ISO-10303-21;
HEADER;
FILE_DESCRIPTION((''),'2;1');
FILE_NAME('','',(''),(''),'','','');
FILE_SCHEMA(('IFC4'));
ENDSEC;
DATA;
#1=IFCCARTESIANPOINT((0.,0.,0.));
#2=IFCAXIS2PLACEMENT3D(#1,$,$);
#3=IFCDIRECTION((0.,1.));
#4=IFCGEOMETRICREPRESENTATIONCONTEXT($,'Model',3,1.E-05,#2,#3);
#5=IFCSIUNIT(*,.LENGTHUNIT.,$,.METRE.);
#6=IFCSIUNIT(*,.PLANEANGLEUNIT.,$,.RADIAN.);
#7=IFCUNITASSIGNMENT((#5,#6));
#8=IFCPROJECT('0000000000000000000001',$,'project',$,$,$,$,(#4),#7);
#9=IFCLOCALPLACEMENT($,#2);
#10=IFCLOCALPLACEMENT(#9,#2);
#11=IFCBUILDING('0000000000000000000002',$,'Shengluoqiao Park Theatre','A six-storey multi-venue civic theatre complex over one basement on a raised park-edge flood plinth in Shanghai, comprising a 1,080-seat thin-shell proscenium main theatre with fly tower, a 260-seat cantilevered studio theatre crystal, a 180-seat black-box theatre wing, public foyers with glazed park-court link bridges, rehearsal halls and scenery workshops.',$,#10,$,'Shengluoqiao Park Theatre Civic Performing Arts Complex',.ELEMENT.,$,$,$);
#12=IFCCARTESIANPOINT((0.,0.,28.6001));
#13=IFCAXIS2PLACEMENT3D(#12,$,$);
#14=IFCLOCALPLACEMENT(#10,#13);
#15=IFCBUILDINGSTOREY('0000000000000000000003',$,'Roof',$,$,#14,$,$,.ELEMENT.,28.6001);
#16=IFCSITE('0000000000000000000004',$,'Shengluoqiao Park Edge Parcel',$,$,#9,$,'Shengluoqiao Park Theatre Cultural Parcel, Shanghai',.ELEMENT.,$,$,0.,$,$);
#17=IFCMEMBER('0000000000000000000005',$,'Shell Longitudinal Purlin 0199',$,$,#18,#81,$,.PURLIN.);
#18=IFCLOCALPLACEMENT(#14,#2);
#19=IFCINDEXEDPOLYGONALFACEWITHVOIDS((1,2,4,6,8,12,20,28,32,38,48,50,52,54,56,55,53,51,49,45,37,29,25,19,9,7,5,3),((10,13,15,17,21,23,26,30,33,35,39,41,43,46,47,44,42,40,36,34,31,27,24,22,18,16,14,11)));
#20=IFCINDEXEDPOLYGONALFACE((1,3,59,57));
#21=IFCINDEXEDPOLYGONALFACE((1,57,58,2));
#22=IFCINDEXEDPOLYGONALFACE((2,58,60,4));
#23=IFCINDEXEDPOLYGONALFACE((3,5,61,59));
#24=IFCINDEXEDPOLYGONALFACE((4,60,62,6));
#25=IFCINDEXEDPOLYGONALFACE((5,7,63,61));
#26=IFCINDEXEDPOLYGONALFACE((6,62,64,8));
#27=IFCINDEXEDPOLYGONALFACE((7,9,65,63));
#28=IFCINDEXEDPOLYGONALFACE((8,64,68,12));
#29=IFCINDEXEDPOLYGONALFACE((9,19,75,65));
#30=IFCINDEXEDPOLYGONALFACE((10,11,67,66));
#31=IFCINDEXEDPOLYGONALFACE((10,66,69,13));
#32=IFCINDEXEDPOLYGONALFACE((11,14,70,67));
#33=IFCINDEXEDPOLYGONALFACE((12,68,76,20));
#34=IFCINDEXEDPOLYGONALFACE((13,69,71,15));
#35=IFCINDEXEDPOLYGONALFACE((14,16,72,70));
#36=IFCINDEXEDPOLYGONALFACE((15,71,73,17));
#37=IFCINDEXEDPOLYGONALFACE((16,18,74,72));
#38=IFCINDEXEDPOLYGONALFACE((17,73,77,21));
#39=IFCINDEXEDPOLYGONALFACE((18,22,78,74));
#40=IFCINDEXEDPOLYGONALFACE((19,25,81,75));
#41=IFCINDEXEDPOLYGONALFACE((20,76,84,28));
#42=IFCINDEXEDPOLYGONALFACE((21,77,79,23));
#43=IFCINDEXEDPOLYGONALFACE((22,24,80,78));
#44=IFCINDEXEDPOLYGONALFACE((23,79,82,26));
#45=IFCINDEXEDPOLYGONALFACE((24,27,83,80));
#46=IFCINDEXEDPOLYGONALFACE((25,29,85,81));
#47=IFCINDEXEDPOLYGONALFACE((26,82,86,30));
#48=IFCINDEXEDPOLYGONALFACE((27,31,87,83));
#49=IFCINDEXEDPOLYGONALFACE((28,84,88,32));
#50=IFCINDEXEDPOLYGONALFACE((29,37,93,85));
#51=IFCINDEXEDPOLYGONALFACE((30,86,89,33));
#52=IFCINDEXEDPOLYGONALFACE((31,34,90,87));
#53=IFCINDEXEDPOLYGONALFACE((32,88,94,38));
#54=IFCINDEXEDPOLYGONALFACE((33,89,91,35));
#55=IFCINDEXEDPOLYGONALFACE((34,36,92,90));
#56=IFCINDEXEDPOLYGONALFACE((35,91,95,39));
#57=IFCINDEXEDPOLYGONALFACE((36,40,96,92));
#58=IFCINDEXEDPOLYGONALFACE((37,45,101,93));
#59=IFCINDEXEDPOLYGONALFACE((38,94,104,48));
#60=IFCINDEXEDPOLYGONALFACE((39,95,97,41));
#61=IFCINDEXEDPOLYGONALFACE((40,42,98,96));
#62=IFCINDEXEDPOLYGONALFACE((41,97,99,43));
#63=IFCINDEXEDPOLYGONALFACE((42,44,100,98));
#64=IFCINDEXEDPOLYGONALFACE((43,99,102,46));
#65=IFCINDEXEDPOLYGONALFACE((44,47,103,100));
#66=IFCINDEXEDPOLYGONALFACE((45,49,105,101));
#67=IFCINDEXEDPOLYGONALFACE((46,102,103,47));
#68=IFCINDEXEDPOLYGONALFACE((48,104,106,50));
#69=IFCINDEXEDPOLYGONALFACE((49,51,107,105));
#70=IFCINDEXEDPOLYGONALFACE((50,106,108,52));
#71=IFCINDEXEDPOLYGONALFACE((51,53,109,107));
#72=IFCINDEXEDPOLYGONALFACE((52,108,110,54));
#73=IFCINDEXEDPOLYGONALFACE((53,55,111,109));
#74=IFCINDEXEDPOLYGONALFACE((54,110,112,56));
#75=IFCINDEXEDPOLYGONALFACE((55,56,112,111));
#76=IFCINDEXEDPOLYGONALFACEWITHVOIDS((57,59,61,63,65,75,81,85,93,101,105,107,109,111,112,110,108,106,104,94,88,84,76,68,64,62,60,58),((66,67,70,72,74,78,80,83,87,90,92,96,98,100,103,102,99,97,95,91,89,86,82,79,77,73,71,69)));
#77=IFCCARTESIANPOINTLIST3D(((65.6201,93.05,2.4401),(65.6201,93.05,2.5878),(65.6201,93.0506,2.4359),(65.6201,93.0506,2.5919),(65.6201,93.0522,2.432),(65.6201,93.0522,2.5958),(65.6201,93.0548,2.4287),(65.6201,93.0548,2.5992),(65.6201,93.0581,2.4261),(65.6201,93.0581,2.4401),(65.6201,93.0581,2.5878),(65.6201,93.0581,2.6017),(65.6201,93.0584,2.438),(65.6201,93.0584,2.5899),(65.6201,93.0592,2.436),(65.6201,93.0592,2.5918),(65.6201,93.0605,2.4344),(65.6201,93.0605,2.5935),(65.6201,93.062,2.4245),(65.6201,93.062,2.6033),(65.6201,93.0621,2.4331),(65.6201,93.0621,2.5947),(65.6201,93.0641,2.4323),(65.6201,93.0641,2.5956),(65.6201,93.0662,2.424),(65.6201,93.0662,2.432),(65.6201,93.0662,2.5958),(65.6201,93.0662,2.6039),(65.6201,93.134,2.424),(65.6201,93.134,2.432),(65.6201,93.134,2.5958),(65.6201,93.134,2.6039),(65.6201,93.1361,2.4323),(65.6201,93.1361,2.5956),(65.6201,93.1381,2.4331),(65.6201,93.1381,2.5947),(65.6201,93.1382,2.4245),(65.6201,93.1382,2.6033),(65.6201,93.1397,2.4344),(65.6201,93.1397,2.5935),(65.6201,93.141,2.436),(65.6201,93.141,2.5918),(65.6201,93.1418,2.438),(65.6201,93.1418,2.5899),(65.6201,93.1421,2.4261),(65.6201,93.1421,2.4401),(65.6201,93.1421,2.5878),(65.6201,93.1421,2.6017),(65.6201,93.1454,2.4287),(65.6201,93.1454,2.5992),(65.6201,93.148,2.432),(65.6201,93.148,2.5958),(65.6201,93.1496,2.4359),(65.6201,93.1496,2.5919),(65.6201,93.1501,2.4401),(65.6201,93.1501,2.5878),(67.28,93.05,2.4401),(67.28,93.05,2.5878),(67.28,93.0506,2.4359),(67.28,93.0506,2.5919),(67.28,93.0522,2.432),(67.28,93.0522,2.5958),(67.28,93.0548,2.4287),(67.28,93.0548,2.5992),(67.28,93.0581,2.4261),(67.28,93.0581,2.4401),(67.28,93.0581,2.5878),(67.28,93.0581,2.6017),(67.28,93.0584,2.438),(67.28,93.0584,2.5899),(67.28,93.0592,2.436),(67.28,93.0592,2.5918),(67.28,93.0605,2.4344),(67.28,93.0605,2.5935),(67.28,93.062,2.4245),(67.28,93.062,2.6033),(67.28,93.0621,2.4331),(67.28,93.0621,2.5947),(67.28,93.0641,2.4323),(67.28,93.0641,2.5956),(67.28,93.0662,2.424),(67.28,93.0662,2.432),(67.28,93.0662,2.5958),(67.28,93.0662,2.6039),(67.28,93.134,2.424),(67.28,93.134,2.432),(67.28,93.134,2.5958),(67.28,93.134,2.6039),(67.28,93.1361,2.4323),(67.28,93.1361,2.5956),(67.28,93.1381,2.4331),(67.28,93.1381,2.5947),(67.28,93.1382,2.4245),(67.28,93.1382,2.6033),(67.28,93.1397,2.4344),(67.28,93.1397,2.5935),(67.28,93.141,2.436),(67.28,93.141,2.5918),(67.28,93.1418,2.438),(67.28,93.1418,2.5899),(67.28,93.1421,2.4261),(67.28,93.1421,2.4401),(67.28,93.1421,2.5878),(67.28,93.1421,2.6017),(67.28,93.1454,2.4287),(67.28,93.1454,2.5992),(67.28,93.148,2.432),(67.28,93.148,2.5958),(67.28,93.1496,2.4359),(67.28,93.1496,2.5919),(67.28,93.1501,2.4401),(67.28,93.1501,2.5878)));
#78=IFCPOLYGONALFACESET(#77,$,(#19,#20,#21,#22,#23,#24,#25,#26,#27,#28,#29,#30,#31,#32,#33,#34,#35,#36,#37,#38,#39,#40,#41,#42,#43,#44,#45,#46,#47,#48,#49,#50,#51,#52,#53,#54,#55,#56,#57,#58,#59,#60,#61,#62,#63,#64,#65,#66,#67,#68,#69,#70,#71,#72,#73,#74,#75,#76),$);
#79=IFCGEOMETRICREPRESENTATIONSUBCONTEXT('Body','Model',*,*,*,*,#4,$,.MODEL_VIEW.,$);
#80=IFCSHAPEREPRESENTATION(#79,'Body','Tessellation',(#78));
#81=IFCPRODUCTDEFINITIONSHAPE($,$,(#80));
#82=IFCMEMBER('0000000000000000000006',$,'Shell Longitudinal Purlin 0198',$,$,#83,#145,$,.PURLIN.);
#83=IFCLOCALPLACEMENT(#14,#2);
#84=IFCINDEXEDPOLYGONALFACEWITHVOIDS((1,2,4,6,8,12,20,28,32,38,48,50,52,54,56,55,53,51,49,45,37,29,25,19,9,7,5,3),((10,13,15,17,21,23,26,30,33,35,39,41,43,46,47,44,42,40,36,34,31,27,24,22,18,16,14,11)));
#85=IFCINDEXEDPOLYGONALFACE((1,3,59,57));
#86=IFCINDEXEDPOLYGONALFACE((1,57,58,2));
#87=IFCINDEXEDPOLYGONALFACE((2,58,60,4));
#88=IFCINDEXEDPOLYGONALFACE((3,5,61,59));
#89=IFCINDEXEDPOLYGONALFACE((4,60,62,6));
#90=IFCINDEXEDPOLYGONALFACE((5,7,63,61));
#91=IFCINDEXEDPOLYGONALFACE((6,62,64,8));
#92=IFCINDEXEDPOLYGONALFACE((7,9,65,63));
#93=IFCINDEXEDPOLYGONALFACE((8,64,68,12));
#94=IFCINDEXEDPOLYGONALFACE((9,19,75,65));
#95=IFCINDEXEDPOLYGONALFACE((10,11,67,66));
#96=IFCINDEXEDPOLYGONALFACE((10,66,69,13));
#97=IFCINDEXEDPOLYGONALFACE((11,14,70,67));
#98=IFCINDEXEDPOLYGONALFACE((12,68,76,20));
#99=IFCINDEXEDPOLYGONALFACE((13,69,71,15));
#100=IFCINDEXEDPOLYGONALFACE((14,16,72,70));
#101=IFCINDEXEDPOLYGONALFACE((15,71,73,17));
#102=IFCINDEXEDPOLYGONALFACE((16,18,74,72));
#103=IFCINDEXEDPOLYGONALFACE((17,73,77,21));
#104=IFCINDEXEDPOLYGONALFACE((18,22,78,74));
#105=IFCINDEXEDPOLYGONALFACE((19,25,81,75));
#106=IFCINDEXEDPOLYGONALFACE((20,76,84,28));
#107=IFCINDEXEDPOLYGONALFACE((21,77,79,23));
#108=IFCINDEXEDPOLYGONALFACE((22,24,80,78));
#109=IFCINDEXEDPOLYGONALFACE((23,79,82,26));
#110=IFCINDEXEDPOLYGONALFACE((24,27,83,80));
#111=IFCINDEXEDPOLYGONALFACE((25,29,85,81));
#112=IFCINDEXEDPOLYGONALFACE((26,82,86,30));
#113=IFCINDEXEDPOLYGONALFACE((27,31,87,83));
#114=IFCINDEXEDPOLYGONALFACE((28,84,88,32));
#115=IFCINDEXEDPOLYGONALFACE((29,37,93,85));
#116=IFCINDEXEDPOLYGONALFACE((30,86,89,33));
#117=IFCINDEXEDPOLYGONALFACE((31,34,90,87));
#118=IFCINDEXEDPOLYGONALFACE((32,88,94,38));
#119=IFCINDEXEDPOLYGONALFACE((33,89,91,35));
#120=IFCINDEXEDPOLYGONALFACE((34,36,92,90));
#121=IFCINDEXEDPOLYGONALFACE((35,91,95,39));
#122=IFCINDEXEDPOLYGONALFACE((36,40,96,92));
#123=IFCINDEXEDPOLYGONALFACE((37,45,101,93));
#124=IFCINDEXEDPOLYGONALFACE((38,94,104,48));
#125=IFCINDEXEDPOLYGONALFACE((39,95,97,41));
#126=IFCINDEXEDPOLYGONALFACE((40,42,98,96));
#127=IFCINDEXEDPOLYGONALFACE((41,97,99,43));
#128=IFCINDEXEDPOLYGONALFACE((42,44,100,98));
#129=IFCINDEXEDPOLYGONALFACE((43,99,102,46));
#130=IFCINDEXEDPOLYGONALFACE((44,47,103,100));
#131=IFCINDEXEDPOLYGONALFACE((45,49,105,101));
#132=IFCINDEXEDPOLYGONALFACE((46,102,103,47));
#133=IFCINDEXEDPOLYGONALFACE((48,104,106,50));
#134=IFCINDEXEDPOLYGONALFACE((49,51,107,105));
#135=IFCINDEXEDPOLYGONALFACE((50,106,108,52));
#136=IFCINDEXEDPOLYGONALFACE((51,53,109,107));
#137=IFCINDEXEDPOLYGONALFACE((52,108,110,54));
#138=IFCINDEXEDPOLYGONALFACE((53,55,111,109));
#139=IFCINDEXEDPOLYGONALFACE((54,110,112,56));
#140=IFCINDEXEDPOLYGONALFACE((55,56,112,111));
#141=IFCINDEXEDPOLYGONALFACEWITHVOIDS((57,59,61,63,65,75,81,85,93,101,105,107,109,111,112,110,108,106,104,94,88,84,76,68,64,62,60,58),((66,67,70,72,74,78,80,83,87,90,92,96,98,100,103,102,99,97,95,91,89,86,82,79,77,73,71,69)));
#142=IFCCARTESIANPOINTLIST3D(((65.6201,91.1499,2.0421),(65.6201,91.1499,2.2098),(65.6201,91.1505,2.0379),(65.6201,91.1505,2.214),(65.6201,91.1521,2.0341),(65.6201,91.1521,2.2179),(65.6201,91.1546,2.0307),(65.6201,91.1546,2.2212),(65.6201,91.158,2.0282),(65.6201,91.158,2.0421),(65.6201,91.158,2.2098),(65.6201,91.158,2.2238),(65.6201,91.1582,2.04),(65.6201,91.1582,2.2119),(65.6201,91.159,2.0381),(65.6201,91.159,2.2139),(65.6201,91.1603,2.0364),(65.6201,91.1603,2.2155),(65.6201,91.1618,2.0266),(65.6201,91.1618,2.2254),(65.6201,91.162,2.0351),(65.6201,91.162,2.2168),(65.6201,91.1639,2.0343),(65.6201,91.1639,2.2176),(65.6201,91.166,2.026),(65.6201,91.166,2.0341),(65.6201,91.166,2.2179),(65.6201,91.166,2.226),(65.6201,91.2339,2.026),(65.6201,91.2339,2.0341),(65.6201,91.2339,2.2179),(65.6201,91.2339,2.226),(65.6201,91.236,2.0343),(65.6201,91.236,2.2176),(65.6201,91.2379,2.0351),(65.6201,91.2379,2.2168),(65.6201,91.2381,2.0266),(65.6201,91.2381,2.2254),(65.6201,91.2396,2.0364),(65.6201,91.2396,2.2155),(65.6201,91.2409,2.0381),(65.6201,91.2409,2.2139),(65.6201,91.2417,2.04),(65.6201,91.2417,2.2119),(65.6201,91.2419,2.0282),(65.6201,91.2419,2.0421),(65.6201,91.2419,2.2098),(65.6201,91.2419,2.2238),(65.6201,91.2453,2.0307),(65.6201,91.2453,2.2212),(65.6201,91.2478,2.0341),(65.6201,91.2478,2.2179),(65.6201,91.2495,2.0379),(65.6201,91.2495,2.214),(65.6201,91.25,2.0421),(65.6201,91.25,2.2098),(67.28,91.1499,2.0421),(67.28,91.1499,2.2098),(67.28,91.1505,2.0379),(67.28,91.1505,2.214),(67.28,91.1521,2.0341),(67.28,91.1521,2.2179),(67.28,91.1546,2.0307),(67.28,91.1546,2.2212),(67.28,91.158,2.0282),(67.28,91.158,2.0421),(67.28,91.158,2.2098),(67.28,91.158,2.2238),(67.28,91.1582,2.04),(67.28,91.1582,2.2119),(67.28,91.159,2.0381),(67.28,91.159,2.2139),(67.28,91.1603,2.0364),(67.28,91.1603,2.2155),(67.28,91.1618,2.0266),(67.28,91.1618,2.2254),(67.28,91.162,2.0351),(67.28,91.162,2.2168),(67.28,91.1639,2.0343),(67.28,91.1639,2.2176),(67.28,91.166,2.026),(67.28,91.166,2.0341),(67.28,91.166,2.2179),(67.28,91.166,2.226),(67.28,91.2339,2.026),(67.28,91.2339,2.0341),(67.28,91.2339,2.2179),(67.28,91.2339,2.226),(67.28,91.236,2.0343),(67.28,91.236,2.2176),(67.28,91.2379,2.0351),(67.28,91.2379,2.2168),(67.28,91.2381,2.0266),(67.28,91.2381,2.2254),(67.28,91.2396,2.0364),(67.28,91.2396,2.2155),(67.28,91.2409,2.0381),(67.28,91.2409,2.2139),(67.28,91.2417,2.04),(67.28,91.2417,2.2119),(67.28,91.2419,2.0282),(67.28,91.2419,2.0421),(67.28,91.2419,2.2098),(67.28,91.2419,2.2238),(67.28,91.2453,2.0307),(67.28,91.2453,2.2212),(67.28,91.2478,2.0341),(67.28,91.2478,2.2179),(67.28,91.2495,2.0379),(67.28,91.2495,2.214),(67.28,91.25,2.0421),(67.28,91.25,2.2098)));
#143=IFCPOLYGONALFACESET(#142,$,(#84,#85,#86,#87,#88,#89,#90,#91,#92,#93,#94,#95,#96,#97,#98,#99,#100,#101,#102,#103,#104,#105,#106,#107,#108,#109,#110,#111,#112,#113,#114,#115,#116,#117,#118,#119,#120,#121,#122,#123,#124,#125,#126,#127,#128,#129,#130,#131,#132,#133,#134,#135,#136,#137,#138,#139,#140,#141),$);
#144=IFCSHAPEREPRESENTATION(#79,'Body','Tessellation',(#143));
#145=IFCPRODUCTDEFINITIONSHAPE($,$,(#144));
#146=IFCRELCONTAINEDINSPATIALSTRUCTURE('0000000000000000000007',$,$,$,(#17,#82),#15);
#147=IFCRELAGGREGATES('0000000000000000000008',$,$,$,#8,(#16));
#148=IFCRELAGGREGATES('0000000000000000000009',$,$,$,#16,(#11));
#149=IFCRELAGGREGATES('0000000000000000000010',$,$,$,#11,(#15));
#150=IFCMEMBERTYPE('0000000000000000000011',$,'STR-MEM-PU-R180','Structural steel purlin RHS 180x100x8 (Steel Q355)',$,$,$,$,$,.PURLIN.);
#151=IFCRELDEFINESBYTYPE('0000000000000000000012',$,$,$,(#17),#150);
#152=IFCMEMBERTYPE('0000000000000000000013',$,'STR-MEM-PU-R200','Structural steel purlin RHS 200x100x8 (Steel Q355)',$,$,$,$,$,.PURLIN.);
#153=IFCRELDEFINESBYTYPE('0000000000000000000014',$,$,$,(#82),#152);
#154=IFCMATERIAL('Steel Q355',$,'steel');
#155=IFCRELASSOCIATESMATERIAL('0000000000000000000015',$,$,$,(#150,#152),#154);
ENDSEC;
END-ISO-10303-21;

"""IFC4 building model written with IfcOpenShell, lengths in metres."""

from ifc_helpers import new_model, si_unit, direction, frame, origin, origin_2d, place, context, subcontext, project, spatial, hollow_rectangle, extrude, material, material_profile, profile_set, type_object, element, save


model = new_model("IFC4")

# Units and contexts
model_context = context("Model", 3, precision=1e-05, world=origin(), true_north=direction((0.0, 1.0)))
body_context = subcontext(model_context, "Body", "Model", "MODEL_VIEW")
ifc_project = project(units=[si_unit("LENGTHUNIT", "METRE"), si_unit("PLANEANGLEUNIT", "RADIAN")], contexts=[model_context])

# Site, building, storey
site_placement = place(None, origin())
site = spatial("IfcSite", under=ifc_project, at=site_placement, Name="Shengluoqiao Park Edge Parcel", LongName="Shengluoqiao Park Theatre Cultural Parcel, Shanghai", CompositionType="ELEMENT", RefElevation=0.0)
building_placement = place(site_placement, origin())
building = spatial("IfcBuilding", under=site, at=building_placement, Name="Shengluoqiao Park Theatre", Description="A six-storey multi-venue civic theatre complex over one basement on a raised park-edge flood plinth in Shanghai, comprising a 1,080-seat thin-shell proscenium main theatre with fly tower, a 260-seat cantilevered studio theatre crystal, a 180-seat black-box theatre wing, public foyers with glazed park-court link bridges, rehearsal halls and scenery workshops.", LongName="Shengluoqiao Park Theatre Civic Performing Arts Complex", CompositionType="ELEMENT")
storey_placement = place(building_placement, frame((0.0, 0.0, 28.6001)))
storey = spatial("IfcBuildingStorey", under=building, at=storey_placement, Name="Roof", CompositionType="ELEMENT", Elevation=28.6001)

# Shared definitions
ifc_material_1 = material(Name="Steel Q355", Category="steel")

# Members
ifc_material_profile_1 = material_profile(ifc_material_1, hollow_rectangle(XDim=0.1001, YDim=0.1799, WallThickness=0.0081, InnerFilletRadius=0.0081, OuterFilletRadius=0.0161, at=origin_2d()), Name="RHS 180x100x8")
ifc_profile_set_1 = profile_set([ifc_material_profile_1], Name="Steel Q355")
member_type_1 = type_object("IfcMemberType", Name="STR-MEM-PU-R180", Description="Structural steel purlin RHS 180x100x8 (Steel Q355)", PredefinedType="PURLIN", material=ifc_profile_set_1)
member_1_placement = place(storey_placement, frame((65.6201, 93.1001, 2.5139), z_axis=(1.0, 0.0, 0.0), x_axis=(0.0, 1.0, 0.0)))
element("IfcMember", 1, at=member_1_placement, inside=storey, type_object=member_type_1, Name="Shell Longitudinal Purlin 0199", PredefinedType="PURLIN", context=body_context, shape_type="SweptSolid", body=[
    extrude(hollow_rectangle(XDim=0.1001, YDim=0.1799, WallThickness=0.0081, InnerFilletRadius=0.0081, OuterFilletRadius=0.0161, at=origin_2d()), origin(), (0.0, 0.0, 1.0), 1.6599),
])
ifc_material_profile_2 = material_profile(ifc_material_1, hollow_rectangle(XDim=0.1001, YDim=0.2, WallThickness=0.0081, InnerFilletRadius=0.0081, OuterFilletRadius=0.0161, at=origin_2d()), Name="RHS 200x100x8")
ifc_profile_set_2 = profile_set([ifc_material_profile_2], Name="Steel Q355")
member_type_2 = type_object("IfcMemberType", Name="STR-MEM-PU-R200", Description="Structural steel purlin RHS 200x100x8 (Steel Q355)", PredefinedType="PURLIN", material=ifc_profile_set_2)
member_2_placement = place(storey_placement, frame((65.6201, 91.2, 2.126), z_axis=(1.0, 0.0, 0.0), x_axis=(0.0, 1.0, 0.0)))
element("IfcMember", 2, at=member_2_placement, inside=storey, type_object=member_type_2, Name="Shell Longitudinal Purlin 0198", PredefinedType="PURLIN", context=body_context, shape_type="SweptSolid", body=[
    extrude(hollow_rectangle(XDim=0.1001, YDim=0.2, WallThickness=0.0081, InnerFilletRadius=0.0081, OuterFilletRadius=0.0161, at=origin_2d()), origin(), (0.0, 0.0, 1.0), 1.6599),
])

save(model, "model.ifc")
